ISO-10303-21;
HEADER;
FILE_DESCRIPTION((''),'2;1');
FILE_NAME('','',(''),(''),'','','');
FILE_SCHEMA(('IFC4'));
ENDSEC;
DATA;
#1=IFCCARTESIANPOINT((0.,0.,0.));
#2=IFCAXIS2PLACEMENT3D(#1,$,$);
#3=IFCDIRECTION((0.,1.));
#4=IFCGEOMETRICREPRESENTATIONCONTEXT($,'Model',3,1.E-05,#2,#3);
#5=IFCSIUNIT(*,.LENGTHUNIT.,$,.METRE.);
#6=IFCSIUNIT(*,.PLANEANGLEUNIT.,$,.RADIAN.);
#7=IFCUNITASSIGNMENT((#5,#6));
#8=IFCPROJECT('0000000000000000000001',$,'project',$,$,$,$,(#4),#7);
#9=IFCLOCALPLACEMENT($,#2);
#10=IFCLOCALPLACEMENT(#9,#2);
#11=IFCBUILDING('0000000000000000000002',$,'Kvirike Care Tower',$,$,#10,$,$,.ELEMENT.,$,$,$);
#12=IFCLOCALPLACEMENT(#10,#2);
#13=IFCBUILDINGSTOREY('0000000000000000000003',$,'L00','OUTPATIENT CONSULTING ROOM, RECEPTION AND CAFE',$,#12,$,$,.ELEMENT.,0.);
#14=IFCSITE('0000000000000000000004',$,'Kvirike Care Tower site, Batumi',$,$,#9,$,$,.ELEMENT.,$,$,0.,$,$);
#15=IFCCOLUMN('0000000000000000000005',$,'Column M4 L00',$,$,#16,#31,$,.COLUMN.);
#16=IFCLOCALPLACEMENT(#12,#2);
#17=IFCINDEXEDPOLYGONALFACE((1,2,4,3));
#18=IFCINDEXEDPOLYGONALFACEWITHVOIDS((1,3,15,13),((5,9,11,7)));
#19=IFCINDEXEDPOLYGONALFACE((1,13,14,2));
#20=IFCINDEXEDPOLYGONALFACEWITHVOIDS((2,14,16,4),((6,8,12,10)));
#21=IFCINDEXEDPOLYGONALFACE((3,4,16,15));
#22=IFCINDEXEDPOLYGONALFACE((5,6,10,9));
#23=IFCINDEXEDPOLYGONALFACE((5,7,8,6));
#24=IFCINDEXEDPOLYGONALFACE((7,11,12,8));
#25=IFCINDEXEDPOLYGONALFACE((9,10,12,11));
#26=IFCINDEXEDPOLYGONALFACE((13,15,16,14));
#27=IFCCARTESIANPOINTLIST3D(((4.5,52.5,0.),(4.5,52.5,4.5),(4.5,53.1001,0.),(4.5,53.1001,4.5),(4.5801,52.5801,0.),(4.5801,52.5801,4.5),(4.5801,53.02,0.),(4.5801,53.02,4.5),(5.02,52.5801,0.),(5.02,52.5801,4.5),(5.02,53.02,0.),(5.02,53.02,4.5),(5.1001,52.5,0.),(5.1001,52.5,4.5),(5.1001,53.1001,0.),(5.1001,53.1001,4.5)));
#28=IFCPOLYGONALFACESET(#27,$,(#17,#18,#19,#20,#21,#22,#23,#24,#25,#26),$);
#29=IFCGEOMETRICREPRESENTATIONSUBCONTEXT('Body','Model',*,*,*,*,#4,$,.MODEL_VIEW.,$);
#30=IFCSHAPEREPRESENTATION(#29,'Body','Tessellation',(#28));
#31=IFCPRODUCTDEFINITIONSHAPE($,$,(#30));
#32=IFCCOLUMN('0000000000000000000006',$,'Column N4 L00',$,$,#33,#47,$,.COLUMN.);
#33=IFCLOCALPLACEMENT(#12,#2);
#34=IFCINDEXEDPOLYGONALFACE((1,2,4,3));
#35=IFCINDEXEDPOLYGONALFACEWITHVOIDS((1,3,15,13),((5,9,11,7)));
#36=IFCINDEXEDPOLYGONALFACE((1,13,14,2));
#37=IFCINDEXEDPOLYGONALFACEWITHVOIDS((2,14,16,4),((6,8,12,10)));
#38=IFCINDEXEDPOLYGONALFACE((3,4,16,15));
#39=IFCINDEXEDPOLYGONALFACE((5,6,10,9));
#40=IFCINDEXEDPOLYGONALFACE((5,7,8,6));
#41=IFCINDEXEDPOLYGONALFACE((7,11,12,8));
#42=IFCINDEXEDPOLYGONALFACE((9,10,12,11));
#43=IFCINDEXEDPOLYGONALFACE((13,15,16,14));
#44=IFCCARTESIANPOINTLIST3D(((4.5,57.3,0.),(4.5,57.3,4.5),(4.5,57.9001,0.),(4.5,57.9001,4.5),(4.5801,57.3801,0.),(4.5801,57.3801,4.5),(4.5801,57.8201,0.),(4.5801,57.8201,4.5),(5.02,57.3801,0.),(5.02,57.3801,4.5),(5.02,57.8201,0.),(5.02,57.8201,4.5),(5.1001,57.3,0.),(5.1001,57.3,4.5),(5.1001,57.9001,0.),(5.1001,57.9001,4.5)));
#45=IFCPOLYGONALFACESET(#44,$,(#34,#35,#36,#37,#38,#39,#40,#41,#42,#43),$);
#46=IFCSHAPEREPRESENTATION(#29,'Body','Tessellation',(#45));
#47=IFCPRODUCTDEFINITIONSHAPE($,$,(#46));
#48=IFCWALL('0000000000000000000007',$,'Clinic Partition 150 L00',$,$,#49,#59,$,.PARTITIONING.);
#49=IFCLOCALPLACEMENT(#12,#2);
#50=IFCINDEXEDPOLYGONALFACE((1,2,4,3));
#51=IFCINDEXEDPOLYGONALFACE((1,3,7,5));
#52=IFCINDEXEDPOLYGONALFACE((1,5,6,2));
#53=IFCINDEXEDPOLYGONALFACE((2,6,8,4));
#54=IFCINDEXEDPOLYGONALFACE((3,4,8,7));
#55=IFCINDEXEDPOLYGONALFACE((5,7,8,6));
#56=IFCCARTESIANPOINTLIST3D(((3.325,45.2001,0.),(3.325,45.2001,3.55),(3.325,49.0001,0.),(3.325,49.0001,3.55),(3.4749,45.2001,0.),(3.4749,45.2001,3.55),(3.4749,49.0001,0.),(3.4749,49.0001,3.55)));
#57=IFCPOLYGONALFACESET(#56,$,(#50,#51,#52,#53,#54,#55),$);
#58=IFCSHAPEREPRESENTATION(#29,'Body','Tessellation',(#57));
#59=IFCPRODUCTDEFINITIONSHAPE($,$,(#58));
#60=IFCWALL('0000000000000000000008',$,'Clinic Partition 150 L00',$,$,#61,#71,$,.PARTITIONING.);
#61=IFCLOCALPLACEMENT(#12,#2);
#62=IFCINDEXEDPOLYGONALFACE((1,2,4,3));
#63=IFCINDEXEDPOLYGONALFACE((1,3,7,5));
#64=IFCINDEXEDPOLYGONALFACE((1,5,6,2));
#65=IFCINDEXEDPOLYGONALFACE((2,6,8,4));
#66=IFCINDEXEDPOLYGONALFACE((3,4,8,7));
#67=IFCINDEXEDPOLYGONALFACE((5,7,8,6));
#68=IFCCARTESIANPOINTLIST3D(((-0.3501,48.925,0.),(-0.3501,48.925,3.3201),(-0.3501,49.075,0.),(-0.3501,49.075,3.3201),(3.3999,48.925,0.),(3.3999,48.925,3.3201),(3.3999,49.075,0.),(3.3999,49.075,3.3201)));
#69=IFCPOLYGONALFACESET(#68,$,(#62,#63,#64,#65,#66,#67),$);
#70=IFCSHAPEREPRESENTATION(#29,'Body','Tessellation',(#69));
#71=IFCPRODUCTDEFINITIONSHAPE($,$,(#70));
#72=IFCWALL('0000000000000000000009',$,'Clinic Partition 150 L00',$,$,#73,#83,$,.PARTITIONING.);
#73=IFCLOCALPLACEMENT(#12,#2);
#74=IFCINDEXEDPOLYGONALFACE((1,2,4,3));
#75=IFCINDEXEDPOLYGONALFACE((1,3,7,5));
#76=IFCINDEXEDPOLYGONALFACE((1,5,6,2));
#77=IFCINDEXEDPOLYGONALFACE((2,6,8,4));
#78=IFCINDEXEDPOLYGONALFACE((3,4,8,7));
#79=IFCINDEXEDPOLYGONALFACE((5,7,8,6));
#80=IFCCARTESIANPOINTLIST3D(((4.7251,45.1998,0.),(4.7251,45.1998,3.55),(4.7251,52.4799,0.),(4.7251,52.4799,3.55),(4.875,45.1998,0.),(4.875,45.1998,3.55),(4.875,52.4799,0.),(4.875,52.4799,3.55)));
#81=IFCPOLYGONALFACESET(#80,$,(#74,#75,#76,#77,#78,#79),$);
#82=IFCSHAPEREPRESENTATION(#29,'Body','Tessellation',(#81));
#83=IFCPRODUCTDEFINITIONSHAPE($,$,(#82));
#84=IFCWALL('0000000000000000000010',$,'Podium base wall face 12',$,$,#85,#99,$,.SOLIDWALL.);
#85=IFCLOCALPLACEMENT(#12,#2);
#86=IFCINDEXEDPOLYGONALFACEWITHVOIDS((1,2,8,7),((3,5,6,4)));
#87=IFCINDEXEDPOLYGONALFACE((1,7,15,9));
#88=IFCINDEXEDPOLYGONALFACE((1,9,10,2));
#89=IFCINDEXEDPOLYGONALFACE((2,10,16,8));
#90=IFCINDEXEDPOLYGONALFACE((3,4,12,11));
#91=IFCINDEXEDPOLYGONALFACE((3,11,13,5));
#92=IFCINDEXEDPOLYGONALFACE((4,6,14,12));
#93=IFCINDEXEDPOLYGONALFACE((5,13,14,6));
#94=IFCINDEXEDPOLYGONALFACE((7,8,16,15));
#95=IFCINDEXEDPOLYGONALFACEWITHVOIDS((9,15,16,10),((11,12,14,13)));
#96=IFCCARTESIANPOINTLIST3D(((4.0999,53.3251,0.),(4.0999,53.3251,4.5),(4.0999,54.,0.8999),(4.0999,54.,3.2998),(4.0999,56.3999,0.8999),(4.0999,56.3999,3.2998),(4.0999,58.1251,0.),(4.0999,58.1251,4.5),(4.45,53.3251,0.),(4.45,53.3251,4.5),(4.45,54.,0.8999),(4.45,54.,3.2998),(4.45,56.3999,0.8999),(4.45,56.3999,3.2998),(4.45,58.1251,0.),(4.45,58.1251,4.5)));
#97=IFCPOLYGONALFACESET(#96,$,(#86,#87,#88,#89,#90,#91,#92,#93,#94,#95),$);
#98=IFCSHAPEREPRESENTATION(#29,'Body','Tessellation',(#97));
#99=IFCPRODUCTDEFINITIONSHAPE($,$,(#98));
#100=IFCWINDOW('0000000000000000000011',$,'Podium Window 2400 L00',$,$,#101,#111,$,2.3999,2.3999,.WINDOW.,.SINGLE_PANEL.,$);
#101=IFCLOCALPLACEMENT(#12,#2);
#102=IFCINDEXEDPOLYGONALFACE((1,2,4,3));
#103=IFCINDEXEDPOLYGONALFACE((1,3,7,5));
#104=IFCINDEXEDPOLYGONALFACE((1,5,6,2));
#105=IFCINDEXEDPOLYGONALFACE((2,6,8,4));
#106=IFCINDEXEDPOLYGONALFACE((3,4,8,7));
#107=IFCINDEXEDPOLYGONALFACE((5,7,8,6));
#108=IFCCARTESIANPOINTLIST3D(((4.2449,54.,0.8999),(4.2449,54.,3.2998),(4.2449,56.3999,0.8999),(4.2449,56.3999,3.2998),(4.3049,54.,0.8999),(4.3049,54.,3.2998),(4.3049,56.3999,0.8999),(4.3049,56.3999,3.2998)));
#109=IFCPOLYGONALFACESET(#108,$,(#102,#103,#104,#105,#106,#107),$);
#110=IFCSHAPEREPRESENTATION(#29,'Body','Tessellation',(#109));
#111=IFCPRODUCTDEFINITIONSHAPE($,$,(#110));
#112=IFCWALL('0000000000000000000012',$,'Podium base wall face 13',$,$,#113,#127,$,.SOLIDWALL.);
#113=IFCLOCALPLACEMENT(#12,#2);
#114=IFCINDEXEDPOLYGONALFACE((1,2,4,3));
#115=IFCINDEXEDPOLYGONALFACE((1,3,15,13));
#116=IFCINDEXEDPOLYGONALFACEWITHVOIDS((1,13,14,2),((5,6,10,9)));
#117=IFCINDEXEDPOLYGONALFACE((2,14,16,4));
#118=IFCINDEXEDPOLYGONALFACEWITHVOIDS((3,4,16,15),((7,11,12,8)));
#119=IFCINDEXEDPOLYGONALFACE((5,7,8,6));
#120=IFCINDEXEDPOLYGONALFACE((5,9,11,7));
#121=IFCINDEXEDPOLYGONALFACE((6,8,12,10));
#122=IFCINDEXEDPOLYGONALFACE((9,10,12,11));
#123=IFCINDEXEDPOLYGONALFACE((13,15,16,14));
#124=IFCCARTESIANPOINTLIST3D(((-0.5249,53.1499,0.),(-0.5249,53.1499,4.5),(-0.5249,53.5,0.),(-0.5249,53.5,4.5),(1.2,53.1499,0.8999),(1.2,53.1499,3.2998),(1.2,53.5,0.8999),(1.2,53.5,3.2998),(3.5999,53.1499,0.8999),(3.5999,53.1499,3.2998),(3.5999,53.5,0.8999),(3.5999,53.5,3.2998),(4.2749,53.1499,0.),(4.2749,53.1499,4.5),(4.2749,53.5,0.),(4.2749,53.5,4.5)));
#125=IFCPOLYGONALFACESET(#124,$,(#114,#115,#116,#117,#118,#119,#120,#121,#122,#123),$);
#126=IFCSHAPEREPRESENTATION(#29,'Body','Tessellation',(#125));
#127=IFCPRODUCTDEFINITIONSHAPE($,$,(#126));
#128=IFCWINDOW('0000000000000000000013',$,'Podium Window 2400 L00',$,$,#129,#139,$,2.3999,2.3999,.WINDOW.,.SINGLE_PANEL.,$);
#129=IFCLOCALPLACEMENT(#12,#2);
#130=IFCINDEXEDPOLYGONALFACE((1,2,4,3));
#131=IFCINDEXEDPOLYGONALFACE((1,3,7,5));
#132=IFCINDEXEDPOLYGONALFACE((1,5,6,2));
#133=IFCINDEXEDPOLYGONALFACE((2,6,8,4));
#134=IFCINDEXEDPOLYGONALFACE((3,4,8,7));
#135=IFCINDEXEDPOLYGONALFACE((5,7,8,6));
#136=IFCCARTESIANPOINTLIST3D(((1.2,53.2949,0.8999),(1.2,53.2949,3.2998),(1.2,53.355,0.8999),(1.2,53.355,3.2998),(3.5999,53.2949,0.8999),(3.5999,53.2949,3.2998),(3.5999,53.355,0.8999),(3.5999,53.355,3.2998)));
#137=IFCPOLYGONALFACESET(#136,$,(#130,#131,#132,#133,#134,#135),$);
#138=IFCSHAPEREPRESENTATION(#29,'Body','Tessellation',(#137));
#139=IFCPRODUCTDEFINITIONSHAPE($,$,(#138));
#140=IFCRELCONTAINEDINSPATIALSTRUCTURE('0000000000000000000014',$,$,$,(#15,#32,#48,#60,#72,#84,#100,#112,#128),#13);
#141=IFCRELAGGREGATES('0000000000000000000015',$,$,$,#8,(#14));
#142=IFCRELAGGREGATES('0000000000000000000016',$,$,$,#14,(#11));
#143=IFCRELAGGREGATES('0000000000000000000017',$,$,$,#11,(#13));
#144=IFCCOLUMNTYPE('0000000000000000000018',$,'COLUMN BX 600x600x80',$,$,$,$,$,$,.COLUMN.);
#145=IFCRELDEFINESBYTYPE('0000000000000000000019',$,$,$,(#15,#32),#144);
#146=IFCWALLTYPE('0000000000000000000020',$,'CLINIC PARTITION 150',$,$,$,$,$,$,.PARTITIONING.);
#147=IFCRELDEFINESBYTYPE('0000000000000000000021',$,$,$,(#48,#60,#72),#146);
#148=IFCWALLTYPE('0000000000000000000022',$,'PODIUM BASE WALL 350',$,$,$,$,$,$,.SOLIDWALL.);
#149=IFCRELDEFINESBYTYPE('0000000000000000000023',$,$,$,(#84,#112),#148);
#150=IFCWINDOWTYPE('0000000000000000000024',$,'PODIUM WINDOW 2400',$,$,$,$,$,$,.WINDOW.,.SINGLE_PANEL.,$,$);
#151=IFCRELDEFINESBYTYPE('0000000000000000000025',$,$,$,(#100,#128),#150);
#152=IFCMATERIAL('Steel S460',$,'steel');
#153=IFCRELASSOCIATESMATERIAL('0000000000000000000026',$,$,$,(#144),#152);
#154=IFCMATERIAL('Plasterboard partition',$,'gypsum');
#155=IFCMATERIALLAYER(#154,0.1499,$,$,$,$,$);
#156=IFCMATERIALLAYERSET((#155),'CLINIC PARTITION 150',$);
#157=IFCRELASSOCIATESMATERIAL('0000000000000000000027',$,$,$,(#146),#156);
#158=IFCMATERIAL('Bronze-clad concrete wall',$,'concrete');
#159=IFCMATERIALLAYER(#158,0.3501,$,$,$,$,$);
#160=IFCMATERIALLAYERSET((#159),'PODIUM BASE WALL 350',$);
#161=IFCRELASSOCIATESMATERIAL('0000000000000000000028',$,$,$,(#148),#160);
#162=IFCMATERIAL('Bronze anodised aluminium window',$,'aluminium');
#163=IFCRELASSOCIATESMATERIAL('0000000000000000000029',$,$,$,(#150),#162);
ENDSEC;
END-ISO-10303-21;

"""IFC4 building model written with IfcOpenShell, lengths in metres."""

from ifc_helpers import new_model, si_unit, direction, frame, frame_2d, origin, origin_2d, place, context, subcontext, project, spatial, rectangle, hollow_rectangle, extrude, material, layer, layer_set, material_profile, profile_set, type_object, element, fill, save


model = new_model("IFC4")

# Units and contexts
model_context = context("Model", 3, precision=1e-05, world=origin(), true_north=direction((0.0, 1.0)))
body_context = subcontext(model_context, "Body", "Model", "MODEL_VIEW")
ifc_project = project(units=[si_unit("LENGTHUNIT", "METRE"), si_unit("PLANEANGLEUNIT", "RADIAN")], contexts=[model_context])

# Site, building, storey
site_placement = place(None, origin())
site = spatial("IfcSite", under=ifc_project, at=site_placement, Name="Kvirike Care Tower site, Batumi", CompositionType="ELEMENT", RefElevation=0.0)
building_placement = place(site_placement, origin())
building = spatial("IfcBuilding", under=site, at=building_placement, Name="Kvirike Care Tower", CompositionType="ELEMENT")
storey_placement = place(building_placement, origin())
storey = spatial("IfcBuildingStorey", under=building, at=storey_placement, Name="L00", Description="OUTPATIENT CONSULTING ROOM, RECEPTION AND CAFE", CompositionType="ELEMENT", Elevation=0.0)

# Columns
ifc_material_1 = material(Name="Steel S460", Category="steel")
ifc_material_profile_1 = material_profile(ifc_material_1, hollow_rectangle(XDim=0.6001, YDim=0.6001, WallThickness=0.0801, at=origin_2d()), Name="BX 600x600x80")
ifc_profile_set_1 = profile_set([ifc_material_profile_1], Name="Steel S460")
column_type = type_object("IfcColumnType", Name="COLUMN BX 600x600x80", PredefinedType="COLUMN", material=ifc_profile_set_1)
for number, where, z_axis, x_axis, name in (
    (1, (4.8, 52.8, 0.0), (0.0, 0.0, 1.0), (0.0, 1.0, 0.0), "Column M4 L00"),
    (2, (4.8, 57.6001, 0.0), (0.0, 0.0, 1.0), (0.0, 1.0, 0.0), "Column N4 L00"),
):
    element("IfcColumn", number, at=place(storey_placement, frame(where, z_axis=z_axis, x_axis=x_axis)), inside=storey, type_object=column_type, Name=name, PredefinedType="COLUMN", context=body_context, shape_type="SweptSolid", body=[
        extrude(hollow_rectangle(XDim=0.6001, YDim=0.6001, WallThickness=0.0801, at=origin_2d()), origin(), (0.0, 0.0, 1.0), 4.5),
    ])

# Walls
ifc_material_2 = material(Name="Plasterboard partition", Category="gypsum")
ifc_layer_1 = layer(ifc_material_2, 0.1499)
ifc_layer_set_1 = layer_set([ifc_layer_1], Name="CLINIC PARTITION 150")
wall_type_1 = type_object("IfcWallType", Name="CLINIC PARTITION 150", PredefinedType="PARTITIONING", material=ifc_layer_set_1)
wall_1_placement = place(storey_placement, frame((3.3999, 49.0, 0.0), z_axis=(0.0, 0.0, 1.0), x_axis=(0.0, -1.0, 0.0)))
element("IfcWall", 3, at=wall_1_placement, inside=storey, type_object=wall_type_1, Name="Clinic Partition 150 L00", PredefinedType="PARTITIONING", context=body_context, shape_type="SweptSolid", body=[
    extrude(rectangle(XDim=3.8, YDim=0.1499, at=frame_2d((1.8999, 0.0))), origin(), (0.0, 0.0, 1.0), 3.55),
])
wall_2_placement = place(storey_placement, frame((3.3999, 49.0, 0.0), z_axis=(0.0, 0.0, 1.0), x_axis=(-1.0, 0.0, 0.0)))
element("IfcWall", 4, at=wall_2_placement, inside=storey, type_object=wall_type_1, Name="Clinic Partition 150 L00", PredefinedType="PARTITIONING", context=body_context, shape_type="SweptSolid", body=[
    extrude(rectangle(XDim=3.75, YDim=0.1499, at=frame_2d((1.875, 0.0))), origin(), (0.0, 0.0, 1.0), 3.3201),
])
wall_3_placement = place(storey_placement, frame((4.8, 52.48, 0.0), z_axis=(0.0, 0.0, 1.0), x_axis=(0.0, -1.0, 0.0)))
element("IfcWall", 5, at=wall_3_placement, inside=storey, type_object=wall_type_1, Name="Clinic Partition 150 L00", PredefinedType="PARTITIONING", context=body_context, shape_type="SweptSolid", body=[
    extrude(rectangle(XDim=7.28, YDim=0.1499, at=frame_2d((3.6401, 0.0))), origin(), (0.0, 0.0, 1.0), 3.55),
])

# Walls, openings, windows
ifc_material_3 = material(Name="Bronze-clad concrete wall", Category="concrete")
ifc_layer_2 = layer(ifc_material_3, 0.3501)
ifc_layer_set_2 = layer_set([ifc_layer_2], Name="PODIUM BASE WALL 350")
wall_type_2 = type_object("IfcWallType", Name="PODIUM BASE WALL 350", PredefinedType="SOLIDWALL", material=ifc_layer_set_2)
wall_4_placement = place(storey_placement, frame((4.2749, 58.125, 0.0), z_axis=(0.0, 0.0, 1.0), x_axis=(0.0, -1.0, 0.0)))
wall_4 = element("IfcWall", 6, at=wall_4_placement, inside=storey, type_object=wall_type_2, Name="Podium base wall face 12", PredefinedType="SOLIDWALL", context=body_context, shape_type="SweptSolid", body=[
    extrude(rectangle(XDim=4.8, YDim=0.3501, at=frame_2d((2.3999, 0.0))), origin(), (0.0, 0.0, 1.0), 4.5),
])
opening_1_placement = place(wall_4_placement, frame((1.7251, 0.0, 0.8999)))
opening_1 = element("IfcOpeningElement", 7, at=opening_1_placement, cuts=wall_4, PredefinedType="OPENING", context=body_context, shape_type="SweptSolid", body=[
    extrude(rectangle(XDim=2.3999, YDim=2.3999, at=frame_2d((1.2, 1.2))), frame((0.0, 0.1855, 0.0), z_axis=(0.0, -1.0, 0.0), x_axis=(1.0, 0.0, 0.0)), (0.0, 0.0, 1.0), 0.3711),
])
ifc_material_4 = material(Name="Bronze anodised aluminium window", Category="aluminium")
window_type = type_object("IfcWindowType", Name="PODIUM WINDOW 2400", PartitioningType="SINGLE_PANEL", PredefinedType="WINDOW", material=ifc_material_4)
window_1_placement = place(opening_1_placement, origin())
window_1 = element("IfcWindow", 8, at=window_1_placement, inside=storey, type_object=window_type, Name="Podium Window 2400 L00", OverallHeight=2.3999, OverallWidth=2.3999, PartitioningType="SINGLE_PANEL", PredefinedType="WINDOW", context=body_context, shape_type="SweptSolid", body=[
    extrude(rectangle(XDim=2.3999, YDim=2.3999, at=frame_2d((1.2, 1.2))), frame((0.0, 0.03, 0.0), z_axis=(0.0, -1.0, 0.0), x_axis=(1.0, 0.0, 0.0)), (0.0, 0.0, 1.0), 0.0601),
])
fill(opening_1, window_1)
wall_5_placement = place(storey_placement, frame((4.2749, 53.325, 0.0), z_axis=(0.0, 0.0, 1.0), x_axis=(-1.0, 0.0, 0.0)))
wall_5 = element("IfcWall", 9, at=wall_5_placement, inside=storey, type_object=wall_type_2, Name="Podium base wall face 13", PredefinedType="SOLIDWALL", context=body_context, shape_type="SweptSolid", body=[
    extrude(rectangle(XDim=4.7998, YDim=0.3501, at=frame_2d((2.3999, 0.0))), origin(), (0.0, 0.0, 1.0), 4.5),
])
opening_2_placement = place(wall_5_placement, frame((0.675, 0.0, 0.8999)))
opening_2 = element("IfcOpeningElement", 10, at=opening_2_placement, cuts=wall_5, PredefinedType="OPENING", context=body_context, shape_type="SweptSolid", body=[
    extrude(rectangle(XDim=2.3999, YDim=2.3999, at=frame_2d((1.2, 1.2))), frame((0.0, 0.1855, 0.0), z_axis=(0.0, -1.0, 0.0), x_axis=(1.0, 0.0, 0.0)), (0.0, 0.0, 1.0), 0.3711),
])
window_2_placement = place(opening_2_placement, origin())
window_2 = element("IfcWindow", 11, at=window_2_placement, inside=storey, type_object=window_type, Name="Podium Window 2400 L00", OverallHeight=2.3999, OverallWidth=2.3999, PartitioningType="SINGLE_PANEL", PredefinedType="WINDOW", context=body_context, shape_type="SweptSolid", body=[
    extrude(rectangle(XDim=2.3999, YDim=2.3999, at=frame_2d((1.2, 1.2))), frame((0.0, 0.03, 0.0), z_axis=(0.0, -1.0, 0.0), x_axis=(1.0, 0.0, 0.0)), (0.0, 0.0, 1.0), 0.0601),
])
fill(opening_2, window_2)

save(model, "model.ifc")
